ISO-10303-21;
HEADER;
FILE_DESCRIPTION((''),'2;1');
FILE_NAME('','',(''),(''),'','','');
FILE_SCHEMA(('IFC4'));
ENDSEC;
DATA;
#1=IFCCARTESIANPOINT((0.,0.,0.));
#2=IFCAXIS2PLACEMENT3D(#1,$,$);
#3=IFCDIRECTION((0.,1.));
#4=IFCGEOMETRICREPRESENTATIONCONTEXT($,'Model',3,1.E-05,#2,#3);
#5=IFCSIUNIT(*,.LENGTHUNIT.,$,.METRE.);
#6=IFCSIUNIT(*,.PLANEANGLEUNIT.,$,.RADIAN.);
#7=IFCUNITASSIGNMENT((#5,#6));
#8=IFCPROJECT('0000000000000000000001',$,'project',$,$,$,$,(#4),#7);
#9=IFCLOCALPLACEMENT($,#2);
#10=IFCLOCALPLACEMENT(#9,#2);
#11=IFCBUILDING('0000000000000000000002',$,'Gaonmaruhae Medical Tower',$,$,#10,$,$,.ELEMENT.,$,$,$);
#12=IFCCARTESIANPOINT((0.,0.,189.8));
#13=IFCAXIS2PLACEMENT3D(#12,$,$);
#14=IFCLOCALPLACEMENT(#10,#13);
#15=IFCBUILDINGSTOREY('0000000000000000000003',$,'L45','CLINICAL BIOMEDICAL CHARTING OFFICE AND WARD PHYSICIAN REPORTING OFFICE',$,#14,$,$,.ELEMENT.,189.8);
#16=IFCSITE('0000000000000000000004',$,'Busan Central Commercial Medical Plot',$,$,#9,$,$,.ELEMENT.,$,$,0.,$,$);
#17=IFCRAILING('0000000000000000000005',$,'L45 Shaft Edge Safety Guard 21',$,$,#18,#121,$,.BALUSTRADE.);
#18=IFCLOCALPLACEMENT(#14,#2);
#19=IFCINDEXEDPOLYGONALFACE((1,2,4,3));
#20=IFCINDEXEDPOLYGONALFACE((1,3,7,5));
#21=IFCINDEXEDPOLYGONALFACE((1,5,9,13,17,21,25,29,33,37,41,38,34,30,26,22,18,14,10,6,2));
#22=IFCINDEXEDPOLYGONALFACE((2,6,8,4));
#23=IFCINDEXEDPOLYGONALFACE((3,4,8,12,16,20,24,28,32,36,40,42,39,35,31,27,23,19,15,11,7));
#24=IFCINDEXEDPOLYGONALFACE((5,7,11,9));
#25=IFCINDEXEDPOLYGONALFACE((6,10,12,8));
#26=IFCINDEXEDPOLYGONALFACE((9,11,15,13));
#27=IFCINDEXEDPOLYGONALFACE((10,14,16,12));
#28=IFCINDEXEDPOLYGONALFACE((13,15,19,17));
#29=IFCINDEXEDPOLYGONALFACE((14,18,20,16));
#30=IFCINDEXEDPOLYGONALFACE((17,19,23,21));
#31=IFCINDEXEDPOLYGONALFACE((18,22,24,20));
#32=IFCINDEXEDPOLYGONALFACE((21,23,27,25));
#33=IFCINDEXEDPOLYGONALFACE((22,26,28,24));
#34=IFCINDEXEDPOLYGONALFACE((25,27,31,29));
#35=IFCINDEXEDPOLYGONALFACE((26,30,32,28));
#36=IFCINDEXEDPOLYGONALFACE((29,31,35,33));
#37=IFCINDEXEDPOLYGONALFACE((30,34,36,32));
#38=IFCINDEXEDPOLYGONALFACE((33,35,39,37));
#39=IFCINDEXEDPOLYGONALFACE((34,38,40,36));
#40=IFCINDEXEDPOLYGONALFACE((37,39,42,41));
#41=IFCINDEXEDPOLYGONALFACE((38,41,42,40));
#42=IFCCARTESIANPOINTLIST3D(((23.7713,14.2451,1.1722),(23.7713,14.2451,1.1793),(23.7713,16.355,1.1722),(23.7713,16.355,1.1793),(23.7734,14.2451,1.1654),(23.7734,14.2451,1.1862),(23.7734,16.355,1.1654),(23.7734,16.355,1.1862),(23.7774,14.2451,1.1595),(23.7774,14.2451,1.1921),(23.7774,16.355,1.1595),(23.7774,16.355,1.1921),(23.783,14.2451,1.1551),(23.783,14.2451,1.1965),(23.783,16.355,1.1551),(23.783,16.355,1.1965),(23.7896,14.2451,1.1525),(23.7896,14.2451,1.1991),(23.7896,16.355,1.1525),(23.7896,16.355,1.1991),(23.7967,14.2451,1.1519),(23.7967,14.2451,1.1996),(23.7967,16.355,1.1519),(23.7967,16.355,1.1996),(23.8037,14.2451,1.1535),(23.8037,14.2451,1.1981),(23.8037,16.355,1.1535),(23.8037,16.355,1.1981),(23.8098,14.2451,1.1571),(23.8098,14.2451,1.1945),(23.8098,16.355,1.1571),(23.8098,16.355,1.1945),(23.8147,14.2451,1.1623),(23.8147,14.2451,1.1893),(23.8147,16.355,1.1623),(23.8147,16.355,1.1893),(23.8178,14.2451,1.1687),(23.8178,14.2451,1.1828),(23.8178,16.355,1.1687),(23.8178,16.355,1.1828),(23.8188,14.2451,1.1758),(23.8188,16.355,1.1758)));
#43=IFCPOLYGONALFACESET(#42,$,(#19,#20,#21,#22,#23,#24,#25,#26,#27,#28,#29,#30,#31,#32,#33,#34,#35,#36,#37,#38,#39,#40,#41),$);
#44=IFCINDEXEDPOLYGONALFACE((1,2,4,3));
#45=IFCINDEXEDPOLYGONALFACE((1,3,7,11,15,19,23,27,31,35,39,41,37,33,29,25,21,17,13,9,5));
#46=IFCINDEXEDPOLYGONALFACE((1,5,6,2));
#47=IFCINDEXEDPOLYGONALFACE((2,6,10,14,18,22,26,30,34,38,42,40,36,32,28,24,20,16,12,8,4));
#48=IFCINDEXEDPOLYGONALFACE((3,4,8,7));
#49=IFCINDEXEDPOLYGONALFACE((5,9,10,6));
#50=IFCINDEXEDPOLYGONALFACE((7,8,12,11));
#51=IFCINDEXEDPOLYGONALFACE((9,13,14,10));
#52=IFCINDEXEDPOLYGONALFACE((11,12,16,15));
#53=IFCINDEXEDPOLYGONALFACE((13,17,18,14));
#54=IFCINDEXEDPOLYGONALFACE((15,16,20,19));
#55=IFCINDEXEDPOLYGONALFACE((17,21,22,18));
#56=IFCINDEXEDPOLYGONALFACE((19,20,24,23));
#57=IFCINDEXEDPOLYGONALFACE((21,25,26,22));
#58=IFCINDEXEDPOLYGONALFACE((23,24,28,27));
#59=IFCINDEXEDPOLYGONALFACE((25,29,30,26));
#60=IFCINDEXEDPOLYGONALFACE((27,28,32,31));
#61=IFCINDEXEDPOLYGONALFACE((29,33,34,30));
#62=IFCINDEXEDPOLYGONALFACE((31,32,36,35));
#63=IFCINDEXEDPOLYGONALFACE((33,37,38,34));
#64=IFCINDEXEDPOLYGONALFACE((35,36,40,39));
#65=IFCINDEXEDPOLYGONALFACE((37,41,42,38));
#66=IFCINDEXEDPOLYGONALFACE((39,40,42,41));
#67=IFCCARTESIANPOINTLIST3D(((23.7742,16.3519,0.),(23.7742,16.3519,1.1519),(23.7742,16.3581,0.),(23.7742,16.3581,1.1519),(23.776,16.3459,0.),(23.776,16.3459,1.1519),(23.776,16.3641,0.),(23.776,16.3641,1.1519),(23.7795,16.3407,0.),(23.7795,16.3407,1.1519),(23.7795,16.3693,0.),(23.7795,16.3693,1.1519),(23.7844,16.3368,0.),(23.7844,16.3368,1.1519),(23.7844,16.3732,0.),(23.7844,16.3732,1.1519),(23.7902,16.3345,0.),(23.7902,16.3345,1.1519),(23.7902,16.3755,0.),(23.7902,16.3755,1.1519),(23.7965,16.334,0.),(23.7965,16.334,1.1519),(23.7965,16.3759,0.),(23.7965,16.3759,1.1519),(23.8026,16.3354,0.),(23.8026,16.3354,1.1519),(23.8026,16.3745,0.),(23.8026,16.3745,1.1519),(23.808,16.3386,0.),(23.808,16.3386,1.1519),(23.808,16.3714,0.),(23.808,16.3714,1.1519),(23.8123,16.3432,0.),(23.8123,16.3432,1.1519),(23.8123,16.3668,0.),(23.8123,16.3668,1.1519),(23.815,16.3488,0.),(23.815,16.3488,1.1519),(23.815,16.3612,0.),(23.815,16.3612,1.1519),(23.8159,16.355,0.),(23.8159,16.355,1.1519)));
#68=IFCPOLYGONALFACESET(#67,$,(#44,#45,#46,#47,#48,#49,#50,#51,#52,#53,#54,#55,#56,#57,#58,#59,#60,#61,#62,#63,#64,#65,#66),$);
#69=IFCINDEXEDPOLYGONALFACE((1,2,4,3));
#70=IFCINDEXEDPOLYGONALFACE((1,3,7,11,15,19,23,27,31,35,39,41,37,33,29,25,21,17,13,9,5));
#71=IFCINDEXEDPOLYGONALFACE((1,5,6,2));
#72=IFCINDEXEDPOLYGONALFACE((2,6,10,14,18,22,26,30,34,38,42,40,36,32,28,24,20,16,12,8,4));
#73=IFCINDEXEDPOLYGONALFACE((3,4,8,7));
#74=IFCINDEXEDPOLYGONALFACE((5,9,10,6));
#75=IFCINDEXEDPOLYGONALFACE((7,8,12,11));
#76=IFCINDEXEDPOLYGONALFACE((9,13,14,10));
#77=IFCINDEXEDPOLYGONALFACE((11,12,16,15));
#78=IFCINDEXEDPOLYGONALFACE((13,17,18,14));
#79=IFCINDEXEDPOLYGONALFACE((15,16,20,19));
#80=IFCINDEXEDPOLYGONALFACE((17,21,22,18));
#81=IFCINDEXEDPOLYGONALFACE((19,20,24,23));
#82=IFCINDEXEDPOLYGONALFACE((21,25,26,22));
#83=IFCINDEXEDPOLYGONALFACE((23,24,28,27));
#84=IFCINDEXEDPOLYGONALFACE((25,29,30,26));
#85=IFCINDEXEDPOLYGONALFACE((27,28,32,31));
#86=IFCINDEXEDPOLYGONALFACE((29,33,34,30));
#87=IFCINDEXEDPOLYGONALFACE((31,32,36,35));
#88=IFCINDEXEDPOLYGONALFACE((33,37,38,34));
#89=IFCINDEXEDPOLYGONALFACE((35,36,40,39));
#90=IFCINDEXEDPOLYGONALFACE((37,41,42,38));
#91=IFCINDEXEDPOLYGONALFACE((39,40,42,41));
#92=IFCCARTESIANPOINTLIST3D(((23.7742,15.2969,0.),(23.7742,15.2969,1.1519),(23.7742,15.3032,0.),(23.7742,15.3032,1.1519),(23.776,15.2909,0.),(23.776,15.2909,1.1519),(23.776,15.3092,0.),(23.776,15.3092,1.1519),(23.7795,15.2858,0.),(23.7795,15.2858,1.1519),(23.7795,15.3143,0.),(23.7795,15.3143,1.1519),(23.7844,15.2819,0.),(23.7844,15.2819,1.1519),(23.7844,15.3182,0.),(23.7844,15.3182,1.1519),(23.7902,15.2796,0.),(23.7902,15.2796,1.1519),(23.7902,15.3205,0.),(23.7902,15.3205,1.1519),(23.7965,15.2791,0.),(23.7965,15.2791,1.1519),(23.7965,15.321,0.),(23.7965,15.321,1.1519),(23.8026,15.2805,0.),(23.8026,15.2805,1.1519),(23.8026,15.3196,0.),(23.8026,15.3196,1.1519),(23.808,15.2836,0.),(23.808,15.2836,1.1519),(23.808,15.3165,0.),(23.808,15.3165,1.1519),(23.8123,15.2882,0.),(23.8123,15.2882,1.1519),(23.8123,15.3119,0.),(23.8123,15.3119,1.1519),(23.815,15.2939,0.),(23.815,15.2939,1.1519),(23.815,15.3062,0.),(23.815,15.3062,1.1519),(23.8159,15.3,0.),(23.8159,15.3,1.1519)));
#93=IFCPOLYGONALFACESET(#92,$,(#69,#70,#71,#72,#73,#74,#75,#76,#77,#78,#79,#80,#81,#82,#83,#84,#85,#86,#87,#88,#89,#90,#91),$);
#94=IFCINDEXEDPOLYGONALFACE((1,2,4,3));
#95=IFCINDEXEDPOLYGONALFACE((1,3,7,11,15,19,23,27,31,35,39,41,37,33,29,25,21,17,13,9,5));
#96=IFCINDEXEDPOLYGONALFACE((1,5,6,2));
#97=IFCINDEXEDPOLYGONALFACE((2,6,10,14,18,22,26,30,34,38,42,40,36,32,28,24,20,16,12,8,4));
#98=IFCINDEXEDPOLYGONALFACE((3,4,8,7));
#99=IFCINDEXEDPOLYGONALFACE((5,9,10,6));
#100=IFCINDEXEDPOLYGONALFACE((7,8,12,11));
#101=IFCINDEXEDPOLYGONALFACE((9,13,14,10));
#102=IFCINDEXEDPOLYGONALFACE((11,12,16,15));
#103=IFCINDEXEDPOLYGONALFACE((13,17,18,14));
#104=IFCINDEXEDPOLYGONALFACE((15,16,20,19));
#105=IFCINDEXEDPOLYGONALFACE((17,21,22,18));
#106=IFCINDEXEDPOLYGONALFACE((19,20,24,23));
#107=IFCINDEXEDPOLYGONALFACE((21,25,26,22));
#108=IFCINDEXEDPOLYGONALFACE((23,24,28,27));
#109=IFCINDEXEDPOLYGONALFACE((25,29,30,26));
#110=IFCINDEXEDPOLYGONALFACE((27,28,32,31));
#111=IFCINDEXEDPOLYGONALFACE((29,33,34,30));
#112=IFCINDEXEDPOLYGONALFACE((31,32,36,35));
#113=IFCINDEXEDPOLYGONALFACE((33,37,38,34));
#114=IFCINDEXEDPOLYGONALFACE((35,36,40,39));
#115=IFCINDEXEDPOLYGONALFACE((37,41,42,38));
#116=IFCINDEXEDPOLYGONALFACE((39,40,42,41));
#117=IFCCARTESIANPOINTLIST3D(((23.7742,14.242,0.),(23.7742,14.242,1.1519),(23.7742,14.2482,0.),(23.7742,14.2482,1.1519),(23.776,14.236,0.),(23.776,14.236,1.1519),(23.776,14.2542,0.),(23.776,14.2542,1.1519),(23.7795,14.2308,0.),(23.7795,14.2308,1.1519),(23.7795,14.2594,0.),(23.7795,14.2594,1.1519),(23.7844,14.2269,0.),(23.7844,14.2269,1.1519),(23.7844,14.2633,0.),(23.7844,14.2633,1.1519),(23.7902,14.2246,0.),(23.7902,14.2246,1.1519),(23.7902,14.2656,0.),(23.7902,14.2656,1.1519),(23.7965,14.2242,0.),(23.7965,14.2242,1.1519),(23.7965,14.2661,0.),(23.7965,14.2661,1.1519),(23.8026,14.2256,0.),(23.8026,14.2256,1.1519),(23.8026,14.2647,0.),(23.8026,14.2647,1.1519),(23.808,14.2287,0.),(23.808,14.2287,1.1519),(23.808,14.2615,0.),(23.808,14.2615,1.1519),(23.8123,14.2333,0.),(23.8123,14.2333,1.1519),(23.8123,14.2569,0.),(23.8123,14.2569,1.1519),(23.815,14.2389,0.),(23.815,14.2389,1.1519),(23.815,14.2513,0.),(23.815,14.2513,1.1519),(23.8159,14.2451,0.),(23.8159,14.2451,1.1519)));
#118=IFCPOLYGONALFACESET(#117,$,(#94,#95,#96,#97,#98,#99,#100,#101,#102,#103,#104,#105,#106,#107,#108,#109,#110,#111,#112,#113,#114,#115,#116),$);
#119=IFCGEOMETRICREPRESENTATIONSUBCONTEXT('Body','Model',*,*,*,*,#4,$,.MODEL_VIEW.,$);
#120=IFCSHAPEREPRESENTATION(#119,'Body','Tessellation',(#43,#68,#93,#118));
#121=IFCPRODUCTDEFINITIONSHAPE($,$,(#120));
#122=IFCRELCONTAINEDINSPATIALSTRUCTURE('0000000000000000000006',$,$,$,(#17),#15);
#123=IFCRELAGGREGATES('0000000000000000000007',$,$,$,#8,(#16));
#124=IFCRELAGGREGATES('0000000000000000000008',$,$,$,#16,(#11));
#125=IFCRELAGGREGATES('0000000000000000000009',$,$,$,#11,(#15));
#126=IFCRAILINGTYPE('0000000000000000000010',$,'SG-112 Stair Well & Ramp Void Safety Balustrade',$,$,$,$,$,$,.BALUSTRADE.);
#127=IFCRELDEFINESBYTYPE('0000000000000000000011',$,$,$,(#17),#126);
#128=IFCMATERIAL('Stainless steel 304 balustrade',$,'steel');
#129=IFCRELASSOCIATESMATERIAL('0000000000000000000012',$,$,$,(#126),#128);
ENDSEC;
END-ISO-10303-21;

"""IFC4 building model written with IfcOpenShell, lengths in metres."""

from ifc_helpers import new_model, si_unit, direction, frame, origin, origin_2d, place, context, subcontext, project, spatial, circle, extrude, material, type_object, element, save


model = new_model("IFC4")

# Units and contexts
model_context = context("Model", 3, precision=1e-05, world=origin(), true_north=direction((0.0, 1.0)))
body_context = subcontext(model_context, "Body", "Model", "MODEL_VIEW")
ifc_project = project(units=[si_unit("LENGTHUNIT", "METRE"), si_unit("PLANEANGLEUNIT", "RADIAN")], contexts=[model_context])

# Site, building, storey
site_placement = place(None, origin())
site = spatial("IfcSite", under=ifc_project, at=site_placement, Name="Busan Central Commercial Medical Plot", CompositionType="ELEMENT", RefElevation=0.0)
building_placement = place(site_placement, origin())
building = spatial("IfcBuilding", under=site, at=building_placement, Name="Gaonmaruhae Medical Tower", CompositionType="ELEMENT")
storey_placement = place(building_placement, frame((0.0, 0.0, 189.8)))
storey = spatial("IfcBuildingStorey", under=building, at=storey_placement, Name="L45", Description="CLINICAL BIOMEDICAL CHARTING OFFICE AND WARD PHYSICIAN REPORTING OFFICE", CompositionType="ELEMENT", Elevation=189.8)

# Railing
ifc_material_1 = material(Name="Stainless steel 304 balustrade", Category="steel")
railing_type_1 = type_object("IfcRailingType", Name="SG-112 Stair Well & Ramp Void Safety Balustrade", PredefinedType="BALUSTRADE", material=ifc_material_1)
railing_1_placement = place(storey_placement, frame((23.7949, 16.355, 0.0)))
element("IfcRailing", 1, at=railing_1_placement, inside=storey, type_object=railing_type_1, Name="L45 Shaft Edge Safety Guard 21", PredefinedType="BALUSTRADE", context=body_context, shape_type="SweptSolid", body=[
    extrude(circle(Radius=0.0239, at=origin_2d()), frame((0.0, 0.0, 1.1758), z_axis=(0.0, -1.0, 0.0), x_axis=(1.0, 0.0, 0.0)), (0.0, 0.0, 1.0), 2.1099),
    extrude(circle(Radius=0.021, at=origin_2d()), origin(), (0.0, 0.0, 1.0), 1.1519),
    extrude(circle(Radius=0.021, at=origin_2d()), frame((0.0, -1.0549, 0.0)), (0.0, 0.0, 1.0), 1.1519),
    extrude(circle(Radius=0.021, at=origin_2d()), frame((0.0, -2.1099, 0.0)), (0.0, 0.0, 1.0), 1.1519),
])

save(model, "model.ifc")
